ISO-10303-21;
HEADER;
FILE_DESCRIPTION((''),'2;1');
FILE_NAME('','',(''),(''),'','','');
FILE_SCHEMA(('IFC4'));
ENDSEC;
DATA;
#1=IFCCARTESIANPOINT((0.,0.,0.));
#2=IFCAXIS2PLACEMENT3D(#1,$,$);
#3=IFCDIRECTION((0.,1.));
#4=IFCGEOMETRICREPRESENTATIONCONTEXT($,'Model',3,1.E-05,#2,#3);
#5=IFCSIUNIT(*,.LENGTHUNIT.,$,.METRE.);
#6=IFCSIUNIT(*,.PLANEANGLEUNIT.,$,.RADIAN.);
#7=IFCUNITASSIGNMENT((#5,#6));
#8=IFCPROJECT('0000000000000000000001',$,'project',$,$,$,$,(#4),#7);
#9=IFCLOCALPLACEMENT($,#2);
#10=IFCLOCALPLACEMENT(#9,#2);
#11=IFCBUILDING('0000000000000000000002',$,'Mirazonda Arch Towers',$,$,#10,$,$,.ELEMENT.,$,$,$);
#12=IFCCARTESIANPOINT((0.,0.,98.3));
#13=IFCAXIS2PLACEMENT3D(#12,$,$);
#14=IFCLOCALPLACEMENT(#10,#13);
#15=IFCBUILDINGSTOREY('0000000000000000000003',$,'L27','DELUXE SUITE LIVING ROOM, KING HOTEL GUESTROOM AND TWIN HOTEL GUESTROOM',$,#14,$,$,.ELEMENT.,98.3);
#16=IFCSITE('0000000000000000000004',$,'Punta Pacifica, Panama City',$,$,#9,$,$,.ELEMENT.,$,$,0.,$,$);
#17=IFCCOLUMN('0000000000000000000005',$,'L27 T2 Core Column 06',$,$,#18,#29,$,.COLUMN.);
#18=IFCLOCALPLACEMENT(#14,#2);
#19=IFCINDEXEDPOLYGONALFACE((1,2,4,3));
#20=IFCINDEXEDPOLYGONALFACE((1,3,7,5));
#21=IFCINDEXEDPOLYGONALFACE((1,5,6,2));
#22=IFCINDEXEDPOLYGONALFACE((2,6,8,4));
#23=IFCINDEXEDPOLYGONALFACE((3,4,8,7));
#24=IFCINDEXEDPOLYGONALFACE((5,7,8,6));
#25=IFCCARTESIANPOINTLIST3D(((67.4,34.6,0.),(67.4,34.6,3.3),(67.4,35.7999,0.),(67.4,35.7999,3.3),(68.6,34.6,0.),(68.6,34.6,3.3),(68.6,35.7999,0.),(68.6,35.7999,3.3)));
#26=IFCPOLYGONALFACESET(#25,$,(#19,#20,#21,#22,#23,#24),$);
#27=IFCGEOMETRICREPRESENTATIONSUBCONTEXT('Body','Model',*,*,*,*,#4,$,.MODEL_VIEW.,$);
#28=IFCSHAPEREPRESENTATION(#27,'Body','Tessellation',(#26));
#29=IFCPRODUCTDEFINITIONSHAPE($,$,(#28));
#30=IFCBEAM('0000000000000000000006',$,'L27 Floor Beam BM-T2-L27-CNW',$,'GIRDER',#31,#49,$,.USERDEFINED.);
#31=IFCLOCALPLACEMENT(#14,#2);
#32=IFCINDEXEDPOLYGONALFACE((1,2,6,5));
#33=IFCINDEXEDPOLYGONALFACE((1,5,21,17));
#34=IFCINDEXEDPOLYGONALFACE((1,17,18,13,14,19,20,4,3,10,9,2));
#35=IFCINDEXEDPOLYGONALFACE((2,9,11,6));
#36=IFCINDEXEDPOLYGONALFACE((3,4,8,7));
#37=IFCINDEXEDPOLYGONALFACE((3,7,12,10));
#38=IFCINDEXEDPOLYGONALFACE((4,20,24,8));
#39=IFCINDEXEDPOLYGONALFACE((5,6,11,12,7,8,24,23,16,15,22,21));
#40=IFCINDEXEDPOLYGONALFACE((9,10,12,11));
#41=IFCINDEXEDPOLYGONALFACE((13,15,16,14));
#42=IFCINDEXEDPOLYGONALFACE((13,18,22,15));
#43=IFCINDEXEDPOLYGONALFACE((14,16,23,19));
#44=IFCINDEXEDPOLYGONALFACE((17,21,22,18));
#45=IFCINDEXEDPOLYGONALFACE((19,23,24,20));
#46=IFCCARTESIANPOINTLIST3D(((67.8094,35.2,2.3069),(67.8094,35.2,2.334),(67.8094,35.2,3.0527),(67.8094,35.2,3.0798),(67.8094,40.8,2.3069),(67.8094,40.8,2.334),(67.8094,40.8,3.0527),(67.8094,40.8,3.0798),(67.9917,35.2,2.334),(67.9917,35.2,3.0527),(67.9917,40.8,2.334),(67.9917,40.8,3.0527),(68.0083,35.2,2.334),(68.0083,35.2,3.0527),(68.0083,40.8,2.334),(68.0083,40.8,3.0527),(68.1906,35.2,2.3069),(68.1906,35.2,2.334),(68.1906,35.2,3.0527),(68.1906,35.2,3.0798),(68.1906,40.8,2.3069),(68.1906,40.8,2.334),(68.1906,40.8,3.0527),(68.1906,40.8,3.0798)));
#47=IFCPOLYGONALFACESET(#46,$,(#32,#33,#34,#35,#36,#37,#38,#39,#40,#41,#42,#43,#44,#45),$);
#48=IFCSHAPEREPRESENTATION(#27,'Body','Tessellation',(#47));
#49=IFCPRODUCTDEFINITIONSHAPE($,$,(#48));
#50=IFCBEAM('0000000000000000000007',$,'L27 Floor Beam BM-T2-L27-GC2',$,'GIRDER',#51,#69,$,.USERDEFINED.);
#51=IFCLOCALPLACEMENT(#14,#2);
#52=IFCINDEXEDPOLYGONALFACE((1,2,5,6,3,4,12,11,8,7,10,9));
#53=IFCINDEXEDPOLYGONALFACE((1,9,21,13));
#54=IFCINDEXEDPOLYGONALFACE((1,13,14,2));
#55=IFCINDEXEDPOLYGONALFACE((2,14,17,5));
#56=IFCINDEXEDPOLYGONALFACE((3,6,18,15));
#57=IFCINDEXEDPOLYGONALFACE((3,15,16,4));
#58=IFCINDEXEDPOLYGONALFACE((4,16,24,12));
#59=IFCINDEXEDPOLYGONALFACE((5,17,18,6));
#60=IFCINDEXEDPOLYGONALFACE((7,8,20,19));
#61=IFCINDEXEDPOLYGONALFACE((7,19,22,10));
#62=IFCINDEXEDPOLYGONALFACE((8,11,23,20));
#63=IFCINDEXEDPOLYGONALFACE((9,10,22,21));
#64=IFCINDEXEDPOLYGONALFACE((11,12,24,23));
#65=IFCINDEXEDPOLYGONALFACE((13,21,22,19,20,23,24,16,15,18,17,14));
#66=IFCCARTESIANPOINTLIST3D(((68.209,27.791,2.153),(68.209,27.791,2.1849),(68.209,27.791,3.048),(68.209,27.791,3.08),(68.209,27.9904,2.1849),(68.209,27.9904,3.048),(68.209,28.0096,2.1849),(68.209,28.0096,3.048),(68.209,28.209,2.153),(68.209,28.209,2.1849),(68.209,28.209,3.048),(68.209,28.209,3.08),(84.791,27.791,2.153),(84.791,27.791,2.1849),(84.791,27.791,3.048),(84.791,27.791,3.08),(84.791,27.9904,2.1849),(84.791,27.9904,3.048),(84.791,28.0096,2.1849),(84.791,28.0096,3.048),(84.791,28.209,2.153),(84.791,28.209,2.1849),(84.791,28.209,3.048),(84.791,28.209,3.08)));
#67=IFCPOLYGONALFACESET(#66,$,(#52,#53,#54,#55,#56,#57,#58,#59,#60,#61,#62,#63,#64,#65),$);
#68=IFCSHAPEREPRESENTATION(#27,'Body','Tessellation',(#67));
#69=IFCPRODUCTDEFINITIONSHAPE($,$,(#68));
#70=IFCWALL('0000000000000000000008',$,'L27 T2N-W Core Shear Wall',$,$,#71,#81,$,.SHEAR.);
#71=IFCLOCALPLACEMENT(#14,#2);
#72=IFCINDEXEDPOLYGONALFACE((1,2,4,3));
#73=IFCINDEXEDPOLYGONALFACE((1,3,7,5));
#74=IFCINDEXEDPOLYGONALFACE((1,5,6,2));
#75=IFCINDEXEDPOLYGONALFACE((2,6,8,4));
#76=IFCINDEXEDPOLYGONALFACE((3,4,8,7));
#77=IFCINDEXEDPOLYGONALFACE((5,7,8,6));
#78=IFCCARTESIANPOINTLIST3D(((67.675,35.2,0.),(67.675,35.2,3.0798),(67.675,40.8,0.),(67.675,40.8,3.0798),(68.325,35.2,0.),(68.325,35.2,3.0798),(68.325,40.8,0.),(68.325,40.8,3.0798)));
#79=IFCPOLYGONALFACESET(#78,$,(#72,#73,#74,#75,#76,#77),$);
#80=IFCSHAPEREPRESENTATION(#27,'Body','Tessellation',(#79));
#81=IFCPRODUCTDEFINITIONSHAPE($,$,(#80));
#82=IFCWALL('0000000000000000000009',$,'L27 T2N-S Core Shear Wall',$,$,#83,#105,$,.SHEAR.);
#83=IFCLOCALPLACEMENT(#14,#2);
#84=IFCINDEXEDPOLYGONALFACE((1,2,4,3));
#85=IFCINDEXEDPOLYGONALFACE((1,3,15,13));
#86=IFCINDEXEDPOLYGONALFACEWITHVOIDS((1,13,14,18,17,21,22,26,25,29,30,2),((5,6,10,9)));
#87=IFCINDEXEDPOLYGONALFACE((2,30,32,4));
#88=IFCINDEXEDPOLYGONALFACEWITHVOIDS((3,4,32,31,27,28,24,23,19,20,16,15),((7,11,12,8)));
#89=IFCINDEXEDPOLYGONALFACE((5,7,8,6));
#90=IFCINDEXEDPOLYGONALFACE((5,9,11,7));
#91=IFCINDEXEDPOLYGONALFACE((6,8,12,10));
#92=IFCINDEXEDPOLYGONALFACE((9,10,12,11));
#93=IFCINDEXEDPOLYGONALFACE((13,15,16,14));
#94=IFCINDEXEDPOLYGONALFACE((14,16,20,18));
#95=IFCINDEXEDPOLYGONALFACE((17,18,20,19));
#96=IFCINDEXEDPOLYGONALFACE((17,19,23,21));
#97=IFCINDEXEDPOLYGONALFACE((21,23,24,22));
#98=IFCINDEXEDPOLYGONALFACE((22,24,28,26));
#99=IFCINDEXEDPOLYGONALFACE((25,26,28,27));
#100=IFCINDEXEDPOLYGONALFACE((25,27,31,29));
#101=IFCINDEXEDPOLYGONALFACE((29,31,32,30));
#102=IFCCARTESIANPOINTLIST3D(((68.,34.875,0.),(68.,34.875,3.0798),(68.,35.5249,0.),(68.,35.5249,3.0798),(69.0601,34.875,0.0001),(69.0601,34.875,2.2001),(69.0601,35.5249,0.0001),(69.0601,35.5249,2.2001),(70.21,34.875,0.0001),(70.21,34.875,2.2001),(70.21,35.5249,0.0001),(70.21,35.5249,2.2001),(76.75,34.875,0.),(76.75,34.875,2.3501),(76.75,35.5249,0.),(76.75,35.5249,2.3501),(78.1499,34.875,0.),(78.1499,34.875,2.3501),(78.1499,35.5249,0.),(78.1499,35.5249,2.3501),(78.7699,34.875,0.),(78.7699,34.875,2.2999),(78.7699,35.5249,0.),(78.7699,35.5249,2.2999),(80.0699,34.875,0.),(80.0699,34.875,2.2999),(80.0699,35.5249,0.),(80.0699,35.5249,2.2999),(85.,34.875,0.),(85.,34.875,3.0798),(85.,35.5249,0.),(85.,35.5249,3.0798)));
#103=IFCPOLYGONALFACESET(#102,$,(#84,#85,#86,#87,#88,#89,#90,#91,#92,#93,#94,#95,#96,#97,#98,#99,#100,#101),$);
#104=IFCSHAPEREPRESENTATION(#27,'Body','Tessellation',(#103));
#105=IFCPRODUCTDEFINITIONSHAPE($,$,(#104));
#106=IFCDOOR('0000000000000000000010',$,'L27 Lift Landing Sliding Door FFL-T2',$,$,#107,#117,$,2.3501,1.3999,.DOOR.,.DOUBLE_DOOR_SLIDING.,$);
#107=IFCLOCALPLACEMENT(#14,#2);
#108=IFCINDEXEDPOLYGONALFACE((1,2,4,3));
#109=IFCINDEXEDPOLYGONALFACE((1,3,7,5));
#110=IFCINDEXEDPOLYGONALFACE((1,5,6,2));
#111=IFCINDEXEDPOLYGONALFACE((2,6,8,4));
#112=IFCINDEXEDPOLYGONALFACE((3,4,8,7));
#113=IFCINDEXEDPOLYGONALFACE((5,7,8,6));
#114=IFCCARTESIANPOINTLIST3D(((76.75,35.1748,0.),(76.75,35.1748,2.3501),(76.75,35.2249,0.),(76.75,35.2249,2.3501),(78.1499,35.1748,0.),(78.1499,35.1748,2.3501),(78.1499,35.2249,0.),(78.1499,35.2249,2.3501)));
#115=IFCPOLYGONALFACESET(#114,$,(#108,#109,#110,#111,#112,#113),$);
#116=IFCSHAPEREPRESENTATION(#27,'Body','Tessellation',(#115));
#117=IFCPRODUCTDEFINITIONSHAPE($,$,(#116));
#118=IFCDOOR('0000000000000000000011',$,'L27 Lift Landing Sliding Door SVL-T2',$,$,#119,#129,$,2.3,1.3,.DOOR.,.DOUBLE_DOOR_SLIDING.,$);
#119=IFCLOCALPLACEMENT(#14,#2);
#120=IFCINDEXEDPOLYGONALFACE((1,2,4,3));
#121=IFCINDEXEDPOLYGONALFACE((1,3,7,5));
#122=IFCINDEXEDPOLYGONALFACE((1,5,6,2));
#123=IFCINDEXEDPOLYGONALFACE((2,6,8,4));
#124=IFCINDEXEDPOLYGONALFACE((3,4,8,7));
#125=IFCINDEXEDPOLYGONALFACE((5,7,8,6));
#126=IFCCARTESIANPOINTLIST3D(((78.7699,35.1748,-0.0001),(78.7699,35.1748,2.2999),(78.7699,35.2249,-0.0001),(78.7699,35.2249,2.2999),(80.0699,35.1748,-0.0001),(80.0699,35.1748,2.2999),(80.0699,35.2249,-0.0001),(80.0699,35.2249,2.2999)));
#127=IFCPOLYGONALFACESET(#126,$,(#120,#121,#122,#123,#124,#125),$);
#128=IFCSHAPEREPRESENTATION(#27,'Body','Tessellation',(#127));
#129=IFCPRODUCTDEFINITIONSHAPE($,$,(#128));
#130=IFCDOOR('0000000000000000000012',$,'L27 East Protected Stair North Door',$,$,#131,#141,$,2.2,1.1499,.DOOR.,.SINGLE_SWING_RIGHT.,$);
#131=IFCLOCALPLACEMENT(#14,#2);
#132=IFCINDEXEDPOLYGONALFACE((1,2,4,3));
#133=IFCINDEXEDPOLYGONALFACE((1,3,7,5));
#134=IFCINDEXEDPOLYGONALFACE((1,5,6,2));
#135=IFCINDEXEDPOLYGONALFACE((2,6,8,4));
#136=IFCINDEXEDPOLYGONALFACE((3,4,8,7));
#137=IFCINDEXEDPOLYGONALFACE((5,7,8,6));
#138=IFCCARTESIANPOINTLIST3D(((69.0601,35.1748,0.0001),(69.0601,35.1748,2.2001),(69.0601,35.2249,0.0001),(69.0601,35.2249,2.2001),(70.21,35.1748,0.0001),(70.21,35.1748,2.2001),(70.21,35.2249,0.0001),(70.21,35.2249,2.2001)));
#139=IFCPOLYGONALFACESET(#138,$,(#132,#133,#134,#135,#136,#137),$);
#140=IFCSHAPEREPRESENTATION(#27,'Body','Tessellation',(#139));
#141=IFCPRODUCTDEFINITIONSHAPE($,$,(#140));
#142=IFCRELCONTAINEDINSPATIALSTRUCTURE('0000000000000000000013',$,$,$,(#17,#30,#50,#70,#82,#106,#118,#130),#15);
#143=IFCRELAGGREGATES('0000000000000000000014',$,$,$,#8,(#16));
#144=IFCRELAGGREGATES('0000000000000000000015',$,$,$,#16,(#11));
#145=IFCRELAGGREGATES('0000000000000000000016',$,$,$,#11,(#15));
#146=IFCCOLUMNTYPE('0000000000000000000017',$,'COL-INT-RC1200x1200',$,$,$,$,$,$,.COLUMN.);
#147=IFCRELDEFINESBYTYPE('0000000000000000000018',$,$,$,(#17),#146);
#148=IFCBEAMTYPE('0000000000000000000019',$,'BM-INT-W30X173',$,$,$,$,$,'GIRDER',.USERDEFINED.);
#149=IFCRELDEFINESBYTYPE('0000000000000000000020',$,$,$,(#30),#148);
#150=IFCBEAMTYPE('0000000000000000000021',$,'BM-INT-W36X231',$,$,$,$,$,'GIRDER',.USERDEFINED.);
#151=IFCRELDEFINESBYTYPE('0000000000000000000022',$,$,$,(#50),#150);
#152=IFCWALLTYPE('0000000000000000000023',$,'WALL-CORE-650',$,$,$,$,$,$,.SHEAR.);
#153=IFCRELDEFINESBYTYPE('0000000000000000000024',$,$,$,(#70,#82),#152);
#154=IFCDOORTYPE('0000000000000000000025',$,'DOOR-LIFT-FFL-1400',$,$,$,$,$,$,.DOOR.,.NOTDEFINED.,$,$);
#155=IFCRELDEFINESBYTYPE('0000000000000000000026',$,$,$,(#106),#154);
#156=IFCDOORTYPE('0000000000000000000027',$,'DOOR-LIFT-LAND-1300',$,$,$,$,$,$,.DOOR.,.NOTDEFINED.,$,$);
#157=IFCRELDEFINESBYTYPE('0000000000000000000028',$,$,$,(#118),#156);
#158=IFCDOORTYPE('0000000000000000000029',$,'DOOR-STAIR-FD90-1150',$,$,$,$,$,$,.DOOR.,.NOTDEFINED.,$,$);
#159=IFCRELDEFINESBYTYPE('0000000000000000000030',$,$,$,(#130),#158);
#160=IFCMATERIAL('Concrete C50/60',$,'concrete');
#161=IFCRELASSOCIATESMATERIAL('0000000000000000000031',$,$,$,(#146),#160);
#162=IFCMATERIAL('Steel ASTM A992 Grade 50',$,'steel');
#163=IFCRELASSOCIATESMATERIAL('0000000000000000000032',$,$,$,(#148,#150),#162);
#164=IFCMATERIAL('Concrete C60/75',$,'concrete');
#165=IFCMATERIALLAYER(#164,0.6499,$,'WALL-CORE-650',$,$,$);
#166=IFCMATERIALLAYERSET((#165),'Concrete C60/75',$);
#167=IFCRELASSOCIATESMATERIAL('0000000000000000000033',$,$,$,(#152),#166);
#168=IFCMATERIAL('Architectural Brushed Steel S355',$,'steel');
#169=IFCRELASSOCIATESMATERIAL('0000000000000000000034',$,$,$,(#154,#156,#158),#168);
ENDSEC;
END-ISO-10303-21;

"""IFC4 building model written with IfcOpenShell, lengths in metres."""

from ifc_helpers import new_model, si_unit, direction, frame, frame_2d, origin, origin_2d, place, context, subcontext, project, spatial, rectangle, i_section, extrude, material, layer, layer_set, material_profile, profile_set, type_object, element, fill, save


model = new_model("IFC4")

# Units and contexts
model_context = context("Model", 3, precision=1e-05, world=origin(), true_north=direction((0.0, 1.0)))
body_context = subcontext(model_context, "Body", "Model", "MODEL_VIEW")
ifc_project = project(units=[si_unit("LENGTHUNIT", "METRE"), si_unit("PLANEANGLEUNIT", "RADIAN")], contexts=[model_context])

# Site, building, storey
site_placement = place(None, origin())
site = spatial("IfcSite", under=ifc_project, at=site_placement, Name="Punta Pacifica, Panama City", CompositionType="ELEMENT", RefElevation=0.0)
building_placement = place(site_placement, origin())
building = spatial("IfcBuilding", under=site, at=building_placement, Name="Mirazonda Arch Towers", CompositionType="ELEMENT")
storey_placement = place(building_placement, frame((0.0, 0.0, 98.3)))
storey = spatial("IfcBuildingStorey", under=building, at=storey_placement, Name="L27", Description="DELUXE SUITE LIVING ROOM, KING HOTEL GUESTROOM AND TWIN HOTEL GUESTROOM", CompositionType="ELEMENT", Elevation=98.3)

# Column
ifc_material_1 = material(Name="Concrete C50/60", Category="concrete")
ifc_material_profile_1 = material_profile(ifc_material_1, rectangle(XDim=1.2, YDim=1.2, at=origin_2d()), Name="RC1200x1200")
ifc_profile_set_1 = profile_set([ifc_material_profile_1], Name="Concrete C50/60")
column_type = type_object("IfcColumnType", Name="COL-INT-RC1200x1200", PredefinedType="COLUMN", material=ifc_profile_set_1)
column_placement = place(storey_placement, frame((68.0, 35.2, 0.0), z_axis=(0.0, 0.0, 1.0), x_axis=(1.0, 0.0, 0.0)))
element("IfcColumn", 1, at=column_placement, inside=storey, type_object=column_type, Name="L27 T2 Core Column 06", PredefinedType="COLUMN", context=body_context, shape_type="SweptSolid", body=[
    extrude(rectangle(XDim=1.2, YDim=1.2, at=origin_2d()), origin(), (0.0, 0.0, 1.0), 3.3),
])

# Beams
ifc_material_2 = material(Name="Steel ASTM A992 Grade 50", Category="steel")
ifc_material_profile_2 = material_profile(ifc_material_2, i_section(OverallWidth=0.3811, OverallDepth=0.7729, WebThickness=0.0166, FlangeThickness=0.0271, at=origin_2d()), Name="W30X173")
ifc_profile_set_2 = profile_set([ifc_material_profile_2], Name="Steel ASTM A992 Grade 50")
beam_type_1 = type_object("IfcBeamType", Name="BM-INT-W30X173", ElementType="GIRDER", PredefinedType="USERDEFINED", material=ifc_profile_set_2)
beam_1_placement = place(storey_placement, frame((68.0, 35.2, 2.6934), z_axis=(0.0, 1.0, 0.0), x_axis=(-1.0, 0.0, 0.0)))
element("IfcBeam", 2, at=beam_1_placement, inside=storey, type_object=beam_type_1, Name="L27 Floor Beam BM-T2-L27-CNW", ObjectType="GIRDER", PredefinedType="USERDEFINED", context=body_context, shape_type="SweptSolid", body=[
    extrude(i_section(OverallWidth=0.3811, OverallDepth=0.7729, WebThickness=0.0166, FlangeThickness=0.0271, at=origin_2d()), origin(), (0.0, 0.0, 1.0), 5.6001),
])
ifc_material_profile_3 = material_profile(ifc_material_2, i_section(OverallWidth=0.418, OverallDepth=0.927, WebThickness=0.0193, FlangeThickness=0.032, at=origin_2d()), Name="W36X231")
ifc_profile_set_3 = profile_set([ifc_material_profile_3], Name="Steel ASTM A992 Grade 50")
beam_type_2 = type_object("IfcBeamType", Name="BM-INT-W36X231", ElementType="GIRDER", PredefinedType="USERDEFINED", material=ifc_profile_set_3)
beam_2_placement = place(storey_placement, frame((68.209, 28.0, 2.6165), z_axis=(1.0, 0.0, 0.0), x_axis=(0.0, 1.0, 0.0)))
element("IfcBeam", 3, at=beam_2_placement, inside=storey, type_object=beam_type_2, Name="L27 Floor Beam BM-T2-L27-GC2", ObjectType="GIRDER", PredefinedType="USERDEFINED", context=body_context, shape_type="SweptSolid", body=[
    extrude(i_section(OverallWidth=0.418, OverallDepth=0.927, WebThickness=0.0193, FlangeThickness=0.032, at=origin_2d()), origin(), (0.0, 0.0, 1.0), 16.582),
])

# Wall
ifc_material_3 = material(Name="Concrete C60/75", Category="concrete")
ifc_layer_1 = layer(ifc_material_3, 0.6499, Name="WALL-CORE-650")
ifc_layer_set_1 = layer_set([ifc_layer_1], Name="Concrete C60/75")
wall_type_1 = type_object("IfcWallType", Name="WALL-CORE-650", PredefinedType="SHEAR", material=ifc_layer_set_1)
wall_1_placement = place(storey_placement, frame((68.0, 35.2, 0.0), z_axis=(0.0, 0.0, 1.0), x_axis=(0.0, 1.0, 0.0)))
element("IfcWall", 4, at=wall_1_placement, inside=storey, type_object=wall_type_1, Name="L27 T2N-W Core Shear Wall", PredefinedType="SHEAR", context=body_context, shape_type="SweptSolid", body=[
    extrude(rectangle(XDim=5.6001, YDim=0.6499, at=frame_2d((2.8, 0.0))), origin(), (0.0, 0.0, 1.0), 3.0798),
])

# Wall, openings, doors
wall_2_placement = place(storey_placement, frame((68.0, 35.2, 0.0), z_axis=(0.0, 0.0, 1.0), x_axis=(1.0, 0.0, 0.0)))
wall_2 = element("IfcWall", 5, at=wall_2_placement, inside=storey, type_object=wall_type_1, Name="L27 T2N-S Core Shear Wall", PredefinedType="SHEAR", context=body_context, shape_type="SweptSolid", body=[
    extrude(rectangle(XDim=17.0, YDim=0.6499, at=frame_2d((8.5, 0.0))), origin(), (0.0, 0.0, 1.0), 3.0798),
])
opening_1_placement = place(wall_2_placement, frame((1.0601, 0.0, 0.0)))
opening_1 = element("IfcOpeningElement", 6, at=opening_1_placement, cuts=wall_2, PredefinedType="OPENING", context=body_context, shape_type="SweptSolid", body=[
    extrude(rectangle(XDim=1.1499, YDim=2.2, at=frame_2d((0.575, 1.1001))), frame((0.0, 0.335, 0.0), z_axis=(0.0, -1.0, 0.0), x_axis=(1.0, 0.0, 0.0)), (0.0, 0.0, 1.0), 0.6699),
])
opening_2_placement = place(wall_2_placement, frame((8.75, 0.0, 0.0)))
opening_2 = element("IfcOpeningElement", 7, at=opening_2_placement, cuts=wall_2, PredefinedType="OPENING", context=body_context, shape_type="SweptSolid", body=[
    extrude(rectangle(XDim=1.3999, YDim=2.3501, at=frame_2d((0.7, 1.175))), frame((0.0, 0.335, 0.0), z_axis=(0.0, -1.0, 0.0), x_axis=(1.0, 0.0, 0.0)), (0.0, 0.0, 1.0), 0.6699),
])
opening_3_placement = place(wall_2_placement, frame((10.77, 0.0, 0.0)))
opening_3 = element("IfcOpeningElement", 8, at=opening_3_placement, cuts=wall_2, PredefinedType="OPENING", context=body_context, shape_type="SweptSolid", body=[
    extrude(rectangle(XDim=1.3, YDim=2.3, at=frame_2d((0.6499, 1.1499))), frame((0.0, 0.335, 0.0), z_axis=(0.0, -1.0, 0.0), x_axis=(1.0, 0.0, 0.0)), (0.0, 0.0, 1.0), 0.6699),
])
ifc_material_4 = material(Name="Architectural Brushed Steel S355", Category="steel")
door_type_1 = type_object("IfcDoorType", Name="DOOR-LIFT-FFL-1400", OperationType="NOTDEFINED", PredefinedType="DOOR", material=ifc_material_4)
door_1_placement = place(opening_2_placement, origin())
door_1 = element("IfcDoor", 9, at=door_1_placement, inside=storey, type_object=door_type_1, Name="L27 Lift Landing Sliding Door FFL-T2", OperationType="DOUBLE_DOOR_SLIDING", OverallHeight=2.3501, OverallWidth=1.3999, PredefinedType="DOOR", context=body_context, shape_type="SweptSolid", body=[
    extrude(rectangle(XDim=1.3999, YDim=2.3501, at=frame_2d((0.7, 1.175))), frame((0.0, 0.0249, 0.0), z_axis=(0.0, -1.0, 0.0), x_axis=(1.0, 0.0, 0.0)), (0.0, 0.0, 1.0), 0.05),
])
fill(opening_2, door_1)
door_type_2 = type_object("IfcDoorType", Name="DOOR-LIFT-LAND-1300", OperationType="NOTDEFINED", PredefinedType="DOOR", material=ifc_material_4)
door_2_placement = place(opening_3_placement, origin())
door_2 = element("IfcDoor", 10, at=door_2_placement, inside=storey, type_object=door_type_2, Name="L27 Lift Landing Sliding Door SVL-T2", OperationType="DOUBLE_DOOR_SLIDING", OverallHeight=2.3, OverallWidth=1.3, PredefinedType="DOOR", context=body_context, shape_type="SweptSolid", body=[
    extrude(rectangle(XDim=1.3, YDim=2.3, at=frame_2d((0.6499, 1.1499))), frame((0.0, 0.0249, 0.0), z_axis=(0.0, -1.0, 0.0), x_axis=(1.0, 0.0, 0.0)), (0.0, 0.0, 1.0), 0.05),
])
fill(opening_3, door_2)
door_type_3 = type_object("IfcDoorType", Name="DOOR-STAIR-FD90-1150", OperationType="NOTDEFINED", PredefinedType="DOOR", material=ifc_material_4)
door_3_placement = place(opening_1_placement, origin())
door_3 = element("IfcDoor", 11, at=door_3_placement, inside=storey, type_object=door_type_3, Name="L27 East Protected Stair North Door", OperationType="SINGLE_SWING_RIGHT", OverallHeight=2.2, OverallWidth=1.1499, PredefinedType="DOOR", context=body_context, shape_type="SweptSolid", body=[
    extrude(rectangle(XDim=1.1499, YDim=2.2, at=frame_2d((0.575, 1.1001))), frame((0.0, 0.0249, 0.0), z_axis=(0.0, -1.0, 0.0), x_axis=(1.0, 0.0, 0.0)), (0.0, 0.0, 1.0), 0.05),
])
fill(opening_1, door_3)

save(model, "model.ifc")
